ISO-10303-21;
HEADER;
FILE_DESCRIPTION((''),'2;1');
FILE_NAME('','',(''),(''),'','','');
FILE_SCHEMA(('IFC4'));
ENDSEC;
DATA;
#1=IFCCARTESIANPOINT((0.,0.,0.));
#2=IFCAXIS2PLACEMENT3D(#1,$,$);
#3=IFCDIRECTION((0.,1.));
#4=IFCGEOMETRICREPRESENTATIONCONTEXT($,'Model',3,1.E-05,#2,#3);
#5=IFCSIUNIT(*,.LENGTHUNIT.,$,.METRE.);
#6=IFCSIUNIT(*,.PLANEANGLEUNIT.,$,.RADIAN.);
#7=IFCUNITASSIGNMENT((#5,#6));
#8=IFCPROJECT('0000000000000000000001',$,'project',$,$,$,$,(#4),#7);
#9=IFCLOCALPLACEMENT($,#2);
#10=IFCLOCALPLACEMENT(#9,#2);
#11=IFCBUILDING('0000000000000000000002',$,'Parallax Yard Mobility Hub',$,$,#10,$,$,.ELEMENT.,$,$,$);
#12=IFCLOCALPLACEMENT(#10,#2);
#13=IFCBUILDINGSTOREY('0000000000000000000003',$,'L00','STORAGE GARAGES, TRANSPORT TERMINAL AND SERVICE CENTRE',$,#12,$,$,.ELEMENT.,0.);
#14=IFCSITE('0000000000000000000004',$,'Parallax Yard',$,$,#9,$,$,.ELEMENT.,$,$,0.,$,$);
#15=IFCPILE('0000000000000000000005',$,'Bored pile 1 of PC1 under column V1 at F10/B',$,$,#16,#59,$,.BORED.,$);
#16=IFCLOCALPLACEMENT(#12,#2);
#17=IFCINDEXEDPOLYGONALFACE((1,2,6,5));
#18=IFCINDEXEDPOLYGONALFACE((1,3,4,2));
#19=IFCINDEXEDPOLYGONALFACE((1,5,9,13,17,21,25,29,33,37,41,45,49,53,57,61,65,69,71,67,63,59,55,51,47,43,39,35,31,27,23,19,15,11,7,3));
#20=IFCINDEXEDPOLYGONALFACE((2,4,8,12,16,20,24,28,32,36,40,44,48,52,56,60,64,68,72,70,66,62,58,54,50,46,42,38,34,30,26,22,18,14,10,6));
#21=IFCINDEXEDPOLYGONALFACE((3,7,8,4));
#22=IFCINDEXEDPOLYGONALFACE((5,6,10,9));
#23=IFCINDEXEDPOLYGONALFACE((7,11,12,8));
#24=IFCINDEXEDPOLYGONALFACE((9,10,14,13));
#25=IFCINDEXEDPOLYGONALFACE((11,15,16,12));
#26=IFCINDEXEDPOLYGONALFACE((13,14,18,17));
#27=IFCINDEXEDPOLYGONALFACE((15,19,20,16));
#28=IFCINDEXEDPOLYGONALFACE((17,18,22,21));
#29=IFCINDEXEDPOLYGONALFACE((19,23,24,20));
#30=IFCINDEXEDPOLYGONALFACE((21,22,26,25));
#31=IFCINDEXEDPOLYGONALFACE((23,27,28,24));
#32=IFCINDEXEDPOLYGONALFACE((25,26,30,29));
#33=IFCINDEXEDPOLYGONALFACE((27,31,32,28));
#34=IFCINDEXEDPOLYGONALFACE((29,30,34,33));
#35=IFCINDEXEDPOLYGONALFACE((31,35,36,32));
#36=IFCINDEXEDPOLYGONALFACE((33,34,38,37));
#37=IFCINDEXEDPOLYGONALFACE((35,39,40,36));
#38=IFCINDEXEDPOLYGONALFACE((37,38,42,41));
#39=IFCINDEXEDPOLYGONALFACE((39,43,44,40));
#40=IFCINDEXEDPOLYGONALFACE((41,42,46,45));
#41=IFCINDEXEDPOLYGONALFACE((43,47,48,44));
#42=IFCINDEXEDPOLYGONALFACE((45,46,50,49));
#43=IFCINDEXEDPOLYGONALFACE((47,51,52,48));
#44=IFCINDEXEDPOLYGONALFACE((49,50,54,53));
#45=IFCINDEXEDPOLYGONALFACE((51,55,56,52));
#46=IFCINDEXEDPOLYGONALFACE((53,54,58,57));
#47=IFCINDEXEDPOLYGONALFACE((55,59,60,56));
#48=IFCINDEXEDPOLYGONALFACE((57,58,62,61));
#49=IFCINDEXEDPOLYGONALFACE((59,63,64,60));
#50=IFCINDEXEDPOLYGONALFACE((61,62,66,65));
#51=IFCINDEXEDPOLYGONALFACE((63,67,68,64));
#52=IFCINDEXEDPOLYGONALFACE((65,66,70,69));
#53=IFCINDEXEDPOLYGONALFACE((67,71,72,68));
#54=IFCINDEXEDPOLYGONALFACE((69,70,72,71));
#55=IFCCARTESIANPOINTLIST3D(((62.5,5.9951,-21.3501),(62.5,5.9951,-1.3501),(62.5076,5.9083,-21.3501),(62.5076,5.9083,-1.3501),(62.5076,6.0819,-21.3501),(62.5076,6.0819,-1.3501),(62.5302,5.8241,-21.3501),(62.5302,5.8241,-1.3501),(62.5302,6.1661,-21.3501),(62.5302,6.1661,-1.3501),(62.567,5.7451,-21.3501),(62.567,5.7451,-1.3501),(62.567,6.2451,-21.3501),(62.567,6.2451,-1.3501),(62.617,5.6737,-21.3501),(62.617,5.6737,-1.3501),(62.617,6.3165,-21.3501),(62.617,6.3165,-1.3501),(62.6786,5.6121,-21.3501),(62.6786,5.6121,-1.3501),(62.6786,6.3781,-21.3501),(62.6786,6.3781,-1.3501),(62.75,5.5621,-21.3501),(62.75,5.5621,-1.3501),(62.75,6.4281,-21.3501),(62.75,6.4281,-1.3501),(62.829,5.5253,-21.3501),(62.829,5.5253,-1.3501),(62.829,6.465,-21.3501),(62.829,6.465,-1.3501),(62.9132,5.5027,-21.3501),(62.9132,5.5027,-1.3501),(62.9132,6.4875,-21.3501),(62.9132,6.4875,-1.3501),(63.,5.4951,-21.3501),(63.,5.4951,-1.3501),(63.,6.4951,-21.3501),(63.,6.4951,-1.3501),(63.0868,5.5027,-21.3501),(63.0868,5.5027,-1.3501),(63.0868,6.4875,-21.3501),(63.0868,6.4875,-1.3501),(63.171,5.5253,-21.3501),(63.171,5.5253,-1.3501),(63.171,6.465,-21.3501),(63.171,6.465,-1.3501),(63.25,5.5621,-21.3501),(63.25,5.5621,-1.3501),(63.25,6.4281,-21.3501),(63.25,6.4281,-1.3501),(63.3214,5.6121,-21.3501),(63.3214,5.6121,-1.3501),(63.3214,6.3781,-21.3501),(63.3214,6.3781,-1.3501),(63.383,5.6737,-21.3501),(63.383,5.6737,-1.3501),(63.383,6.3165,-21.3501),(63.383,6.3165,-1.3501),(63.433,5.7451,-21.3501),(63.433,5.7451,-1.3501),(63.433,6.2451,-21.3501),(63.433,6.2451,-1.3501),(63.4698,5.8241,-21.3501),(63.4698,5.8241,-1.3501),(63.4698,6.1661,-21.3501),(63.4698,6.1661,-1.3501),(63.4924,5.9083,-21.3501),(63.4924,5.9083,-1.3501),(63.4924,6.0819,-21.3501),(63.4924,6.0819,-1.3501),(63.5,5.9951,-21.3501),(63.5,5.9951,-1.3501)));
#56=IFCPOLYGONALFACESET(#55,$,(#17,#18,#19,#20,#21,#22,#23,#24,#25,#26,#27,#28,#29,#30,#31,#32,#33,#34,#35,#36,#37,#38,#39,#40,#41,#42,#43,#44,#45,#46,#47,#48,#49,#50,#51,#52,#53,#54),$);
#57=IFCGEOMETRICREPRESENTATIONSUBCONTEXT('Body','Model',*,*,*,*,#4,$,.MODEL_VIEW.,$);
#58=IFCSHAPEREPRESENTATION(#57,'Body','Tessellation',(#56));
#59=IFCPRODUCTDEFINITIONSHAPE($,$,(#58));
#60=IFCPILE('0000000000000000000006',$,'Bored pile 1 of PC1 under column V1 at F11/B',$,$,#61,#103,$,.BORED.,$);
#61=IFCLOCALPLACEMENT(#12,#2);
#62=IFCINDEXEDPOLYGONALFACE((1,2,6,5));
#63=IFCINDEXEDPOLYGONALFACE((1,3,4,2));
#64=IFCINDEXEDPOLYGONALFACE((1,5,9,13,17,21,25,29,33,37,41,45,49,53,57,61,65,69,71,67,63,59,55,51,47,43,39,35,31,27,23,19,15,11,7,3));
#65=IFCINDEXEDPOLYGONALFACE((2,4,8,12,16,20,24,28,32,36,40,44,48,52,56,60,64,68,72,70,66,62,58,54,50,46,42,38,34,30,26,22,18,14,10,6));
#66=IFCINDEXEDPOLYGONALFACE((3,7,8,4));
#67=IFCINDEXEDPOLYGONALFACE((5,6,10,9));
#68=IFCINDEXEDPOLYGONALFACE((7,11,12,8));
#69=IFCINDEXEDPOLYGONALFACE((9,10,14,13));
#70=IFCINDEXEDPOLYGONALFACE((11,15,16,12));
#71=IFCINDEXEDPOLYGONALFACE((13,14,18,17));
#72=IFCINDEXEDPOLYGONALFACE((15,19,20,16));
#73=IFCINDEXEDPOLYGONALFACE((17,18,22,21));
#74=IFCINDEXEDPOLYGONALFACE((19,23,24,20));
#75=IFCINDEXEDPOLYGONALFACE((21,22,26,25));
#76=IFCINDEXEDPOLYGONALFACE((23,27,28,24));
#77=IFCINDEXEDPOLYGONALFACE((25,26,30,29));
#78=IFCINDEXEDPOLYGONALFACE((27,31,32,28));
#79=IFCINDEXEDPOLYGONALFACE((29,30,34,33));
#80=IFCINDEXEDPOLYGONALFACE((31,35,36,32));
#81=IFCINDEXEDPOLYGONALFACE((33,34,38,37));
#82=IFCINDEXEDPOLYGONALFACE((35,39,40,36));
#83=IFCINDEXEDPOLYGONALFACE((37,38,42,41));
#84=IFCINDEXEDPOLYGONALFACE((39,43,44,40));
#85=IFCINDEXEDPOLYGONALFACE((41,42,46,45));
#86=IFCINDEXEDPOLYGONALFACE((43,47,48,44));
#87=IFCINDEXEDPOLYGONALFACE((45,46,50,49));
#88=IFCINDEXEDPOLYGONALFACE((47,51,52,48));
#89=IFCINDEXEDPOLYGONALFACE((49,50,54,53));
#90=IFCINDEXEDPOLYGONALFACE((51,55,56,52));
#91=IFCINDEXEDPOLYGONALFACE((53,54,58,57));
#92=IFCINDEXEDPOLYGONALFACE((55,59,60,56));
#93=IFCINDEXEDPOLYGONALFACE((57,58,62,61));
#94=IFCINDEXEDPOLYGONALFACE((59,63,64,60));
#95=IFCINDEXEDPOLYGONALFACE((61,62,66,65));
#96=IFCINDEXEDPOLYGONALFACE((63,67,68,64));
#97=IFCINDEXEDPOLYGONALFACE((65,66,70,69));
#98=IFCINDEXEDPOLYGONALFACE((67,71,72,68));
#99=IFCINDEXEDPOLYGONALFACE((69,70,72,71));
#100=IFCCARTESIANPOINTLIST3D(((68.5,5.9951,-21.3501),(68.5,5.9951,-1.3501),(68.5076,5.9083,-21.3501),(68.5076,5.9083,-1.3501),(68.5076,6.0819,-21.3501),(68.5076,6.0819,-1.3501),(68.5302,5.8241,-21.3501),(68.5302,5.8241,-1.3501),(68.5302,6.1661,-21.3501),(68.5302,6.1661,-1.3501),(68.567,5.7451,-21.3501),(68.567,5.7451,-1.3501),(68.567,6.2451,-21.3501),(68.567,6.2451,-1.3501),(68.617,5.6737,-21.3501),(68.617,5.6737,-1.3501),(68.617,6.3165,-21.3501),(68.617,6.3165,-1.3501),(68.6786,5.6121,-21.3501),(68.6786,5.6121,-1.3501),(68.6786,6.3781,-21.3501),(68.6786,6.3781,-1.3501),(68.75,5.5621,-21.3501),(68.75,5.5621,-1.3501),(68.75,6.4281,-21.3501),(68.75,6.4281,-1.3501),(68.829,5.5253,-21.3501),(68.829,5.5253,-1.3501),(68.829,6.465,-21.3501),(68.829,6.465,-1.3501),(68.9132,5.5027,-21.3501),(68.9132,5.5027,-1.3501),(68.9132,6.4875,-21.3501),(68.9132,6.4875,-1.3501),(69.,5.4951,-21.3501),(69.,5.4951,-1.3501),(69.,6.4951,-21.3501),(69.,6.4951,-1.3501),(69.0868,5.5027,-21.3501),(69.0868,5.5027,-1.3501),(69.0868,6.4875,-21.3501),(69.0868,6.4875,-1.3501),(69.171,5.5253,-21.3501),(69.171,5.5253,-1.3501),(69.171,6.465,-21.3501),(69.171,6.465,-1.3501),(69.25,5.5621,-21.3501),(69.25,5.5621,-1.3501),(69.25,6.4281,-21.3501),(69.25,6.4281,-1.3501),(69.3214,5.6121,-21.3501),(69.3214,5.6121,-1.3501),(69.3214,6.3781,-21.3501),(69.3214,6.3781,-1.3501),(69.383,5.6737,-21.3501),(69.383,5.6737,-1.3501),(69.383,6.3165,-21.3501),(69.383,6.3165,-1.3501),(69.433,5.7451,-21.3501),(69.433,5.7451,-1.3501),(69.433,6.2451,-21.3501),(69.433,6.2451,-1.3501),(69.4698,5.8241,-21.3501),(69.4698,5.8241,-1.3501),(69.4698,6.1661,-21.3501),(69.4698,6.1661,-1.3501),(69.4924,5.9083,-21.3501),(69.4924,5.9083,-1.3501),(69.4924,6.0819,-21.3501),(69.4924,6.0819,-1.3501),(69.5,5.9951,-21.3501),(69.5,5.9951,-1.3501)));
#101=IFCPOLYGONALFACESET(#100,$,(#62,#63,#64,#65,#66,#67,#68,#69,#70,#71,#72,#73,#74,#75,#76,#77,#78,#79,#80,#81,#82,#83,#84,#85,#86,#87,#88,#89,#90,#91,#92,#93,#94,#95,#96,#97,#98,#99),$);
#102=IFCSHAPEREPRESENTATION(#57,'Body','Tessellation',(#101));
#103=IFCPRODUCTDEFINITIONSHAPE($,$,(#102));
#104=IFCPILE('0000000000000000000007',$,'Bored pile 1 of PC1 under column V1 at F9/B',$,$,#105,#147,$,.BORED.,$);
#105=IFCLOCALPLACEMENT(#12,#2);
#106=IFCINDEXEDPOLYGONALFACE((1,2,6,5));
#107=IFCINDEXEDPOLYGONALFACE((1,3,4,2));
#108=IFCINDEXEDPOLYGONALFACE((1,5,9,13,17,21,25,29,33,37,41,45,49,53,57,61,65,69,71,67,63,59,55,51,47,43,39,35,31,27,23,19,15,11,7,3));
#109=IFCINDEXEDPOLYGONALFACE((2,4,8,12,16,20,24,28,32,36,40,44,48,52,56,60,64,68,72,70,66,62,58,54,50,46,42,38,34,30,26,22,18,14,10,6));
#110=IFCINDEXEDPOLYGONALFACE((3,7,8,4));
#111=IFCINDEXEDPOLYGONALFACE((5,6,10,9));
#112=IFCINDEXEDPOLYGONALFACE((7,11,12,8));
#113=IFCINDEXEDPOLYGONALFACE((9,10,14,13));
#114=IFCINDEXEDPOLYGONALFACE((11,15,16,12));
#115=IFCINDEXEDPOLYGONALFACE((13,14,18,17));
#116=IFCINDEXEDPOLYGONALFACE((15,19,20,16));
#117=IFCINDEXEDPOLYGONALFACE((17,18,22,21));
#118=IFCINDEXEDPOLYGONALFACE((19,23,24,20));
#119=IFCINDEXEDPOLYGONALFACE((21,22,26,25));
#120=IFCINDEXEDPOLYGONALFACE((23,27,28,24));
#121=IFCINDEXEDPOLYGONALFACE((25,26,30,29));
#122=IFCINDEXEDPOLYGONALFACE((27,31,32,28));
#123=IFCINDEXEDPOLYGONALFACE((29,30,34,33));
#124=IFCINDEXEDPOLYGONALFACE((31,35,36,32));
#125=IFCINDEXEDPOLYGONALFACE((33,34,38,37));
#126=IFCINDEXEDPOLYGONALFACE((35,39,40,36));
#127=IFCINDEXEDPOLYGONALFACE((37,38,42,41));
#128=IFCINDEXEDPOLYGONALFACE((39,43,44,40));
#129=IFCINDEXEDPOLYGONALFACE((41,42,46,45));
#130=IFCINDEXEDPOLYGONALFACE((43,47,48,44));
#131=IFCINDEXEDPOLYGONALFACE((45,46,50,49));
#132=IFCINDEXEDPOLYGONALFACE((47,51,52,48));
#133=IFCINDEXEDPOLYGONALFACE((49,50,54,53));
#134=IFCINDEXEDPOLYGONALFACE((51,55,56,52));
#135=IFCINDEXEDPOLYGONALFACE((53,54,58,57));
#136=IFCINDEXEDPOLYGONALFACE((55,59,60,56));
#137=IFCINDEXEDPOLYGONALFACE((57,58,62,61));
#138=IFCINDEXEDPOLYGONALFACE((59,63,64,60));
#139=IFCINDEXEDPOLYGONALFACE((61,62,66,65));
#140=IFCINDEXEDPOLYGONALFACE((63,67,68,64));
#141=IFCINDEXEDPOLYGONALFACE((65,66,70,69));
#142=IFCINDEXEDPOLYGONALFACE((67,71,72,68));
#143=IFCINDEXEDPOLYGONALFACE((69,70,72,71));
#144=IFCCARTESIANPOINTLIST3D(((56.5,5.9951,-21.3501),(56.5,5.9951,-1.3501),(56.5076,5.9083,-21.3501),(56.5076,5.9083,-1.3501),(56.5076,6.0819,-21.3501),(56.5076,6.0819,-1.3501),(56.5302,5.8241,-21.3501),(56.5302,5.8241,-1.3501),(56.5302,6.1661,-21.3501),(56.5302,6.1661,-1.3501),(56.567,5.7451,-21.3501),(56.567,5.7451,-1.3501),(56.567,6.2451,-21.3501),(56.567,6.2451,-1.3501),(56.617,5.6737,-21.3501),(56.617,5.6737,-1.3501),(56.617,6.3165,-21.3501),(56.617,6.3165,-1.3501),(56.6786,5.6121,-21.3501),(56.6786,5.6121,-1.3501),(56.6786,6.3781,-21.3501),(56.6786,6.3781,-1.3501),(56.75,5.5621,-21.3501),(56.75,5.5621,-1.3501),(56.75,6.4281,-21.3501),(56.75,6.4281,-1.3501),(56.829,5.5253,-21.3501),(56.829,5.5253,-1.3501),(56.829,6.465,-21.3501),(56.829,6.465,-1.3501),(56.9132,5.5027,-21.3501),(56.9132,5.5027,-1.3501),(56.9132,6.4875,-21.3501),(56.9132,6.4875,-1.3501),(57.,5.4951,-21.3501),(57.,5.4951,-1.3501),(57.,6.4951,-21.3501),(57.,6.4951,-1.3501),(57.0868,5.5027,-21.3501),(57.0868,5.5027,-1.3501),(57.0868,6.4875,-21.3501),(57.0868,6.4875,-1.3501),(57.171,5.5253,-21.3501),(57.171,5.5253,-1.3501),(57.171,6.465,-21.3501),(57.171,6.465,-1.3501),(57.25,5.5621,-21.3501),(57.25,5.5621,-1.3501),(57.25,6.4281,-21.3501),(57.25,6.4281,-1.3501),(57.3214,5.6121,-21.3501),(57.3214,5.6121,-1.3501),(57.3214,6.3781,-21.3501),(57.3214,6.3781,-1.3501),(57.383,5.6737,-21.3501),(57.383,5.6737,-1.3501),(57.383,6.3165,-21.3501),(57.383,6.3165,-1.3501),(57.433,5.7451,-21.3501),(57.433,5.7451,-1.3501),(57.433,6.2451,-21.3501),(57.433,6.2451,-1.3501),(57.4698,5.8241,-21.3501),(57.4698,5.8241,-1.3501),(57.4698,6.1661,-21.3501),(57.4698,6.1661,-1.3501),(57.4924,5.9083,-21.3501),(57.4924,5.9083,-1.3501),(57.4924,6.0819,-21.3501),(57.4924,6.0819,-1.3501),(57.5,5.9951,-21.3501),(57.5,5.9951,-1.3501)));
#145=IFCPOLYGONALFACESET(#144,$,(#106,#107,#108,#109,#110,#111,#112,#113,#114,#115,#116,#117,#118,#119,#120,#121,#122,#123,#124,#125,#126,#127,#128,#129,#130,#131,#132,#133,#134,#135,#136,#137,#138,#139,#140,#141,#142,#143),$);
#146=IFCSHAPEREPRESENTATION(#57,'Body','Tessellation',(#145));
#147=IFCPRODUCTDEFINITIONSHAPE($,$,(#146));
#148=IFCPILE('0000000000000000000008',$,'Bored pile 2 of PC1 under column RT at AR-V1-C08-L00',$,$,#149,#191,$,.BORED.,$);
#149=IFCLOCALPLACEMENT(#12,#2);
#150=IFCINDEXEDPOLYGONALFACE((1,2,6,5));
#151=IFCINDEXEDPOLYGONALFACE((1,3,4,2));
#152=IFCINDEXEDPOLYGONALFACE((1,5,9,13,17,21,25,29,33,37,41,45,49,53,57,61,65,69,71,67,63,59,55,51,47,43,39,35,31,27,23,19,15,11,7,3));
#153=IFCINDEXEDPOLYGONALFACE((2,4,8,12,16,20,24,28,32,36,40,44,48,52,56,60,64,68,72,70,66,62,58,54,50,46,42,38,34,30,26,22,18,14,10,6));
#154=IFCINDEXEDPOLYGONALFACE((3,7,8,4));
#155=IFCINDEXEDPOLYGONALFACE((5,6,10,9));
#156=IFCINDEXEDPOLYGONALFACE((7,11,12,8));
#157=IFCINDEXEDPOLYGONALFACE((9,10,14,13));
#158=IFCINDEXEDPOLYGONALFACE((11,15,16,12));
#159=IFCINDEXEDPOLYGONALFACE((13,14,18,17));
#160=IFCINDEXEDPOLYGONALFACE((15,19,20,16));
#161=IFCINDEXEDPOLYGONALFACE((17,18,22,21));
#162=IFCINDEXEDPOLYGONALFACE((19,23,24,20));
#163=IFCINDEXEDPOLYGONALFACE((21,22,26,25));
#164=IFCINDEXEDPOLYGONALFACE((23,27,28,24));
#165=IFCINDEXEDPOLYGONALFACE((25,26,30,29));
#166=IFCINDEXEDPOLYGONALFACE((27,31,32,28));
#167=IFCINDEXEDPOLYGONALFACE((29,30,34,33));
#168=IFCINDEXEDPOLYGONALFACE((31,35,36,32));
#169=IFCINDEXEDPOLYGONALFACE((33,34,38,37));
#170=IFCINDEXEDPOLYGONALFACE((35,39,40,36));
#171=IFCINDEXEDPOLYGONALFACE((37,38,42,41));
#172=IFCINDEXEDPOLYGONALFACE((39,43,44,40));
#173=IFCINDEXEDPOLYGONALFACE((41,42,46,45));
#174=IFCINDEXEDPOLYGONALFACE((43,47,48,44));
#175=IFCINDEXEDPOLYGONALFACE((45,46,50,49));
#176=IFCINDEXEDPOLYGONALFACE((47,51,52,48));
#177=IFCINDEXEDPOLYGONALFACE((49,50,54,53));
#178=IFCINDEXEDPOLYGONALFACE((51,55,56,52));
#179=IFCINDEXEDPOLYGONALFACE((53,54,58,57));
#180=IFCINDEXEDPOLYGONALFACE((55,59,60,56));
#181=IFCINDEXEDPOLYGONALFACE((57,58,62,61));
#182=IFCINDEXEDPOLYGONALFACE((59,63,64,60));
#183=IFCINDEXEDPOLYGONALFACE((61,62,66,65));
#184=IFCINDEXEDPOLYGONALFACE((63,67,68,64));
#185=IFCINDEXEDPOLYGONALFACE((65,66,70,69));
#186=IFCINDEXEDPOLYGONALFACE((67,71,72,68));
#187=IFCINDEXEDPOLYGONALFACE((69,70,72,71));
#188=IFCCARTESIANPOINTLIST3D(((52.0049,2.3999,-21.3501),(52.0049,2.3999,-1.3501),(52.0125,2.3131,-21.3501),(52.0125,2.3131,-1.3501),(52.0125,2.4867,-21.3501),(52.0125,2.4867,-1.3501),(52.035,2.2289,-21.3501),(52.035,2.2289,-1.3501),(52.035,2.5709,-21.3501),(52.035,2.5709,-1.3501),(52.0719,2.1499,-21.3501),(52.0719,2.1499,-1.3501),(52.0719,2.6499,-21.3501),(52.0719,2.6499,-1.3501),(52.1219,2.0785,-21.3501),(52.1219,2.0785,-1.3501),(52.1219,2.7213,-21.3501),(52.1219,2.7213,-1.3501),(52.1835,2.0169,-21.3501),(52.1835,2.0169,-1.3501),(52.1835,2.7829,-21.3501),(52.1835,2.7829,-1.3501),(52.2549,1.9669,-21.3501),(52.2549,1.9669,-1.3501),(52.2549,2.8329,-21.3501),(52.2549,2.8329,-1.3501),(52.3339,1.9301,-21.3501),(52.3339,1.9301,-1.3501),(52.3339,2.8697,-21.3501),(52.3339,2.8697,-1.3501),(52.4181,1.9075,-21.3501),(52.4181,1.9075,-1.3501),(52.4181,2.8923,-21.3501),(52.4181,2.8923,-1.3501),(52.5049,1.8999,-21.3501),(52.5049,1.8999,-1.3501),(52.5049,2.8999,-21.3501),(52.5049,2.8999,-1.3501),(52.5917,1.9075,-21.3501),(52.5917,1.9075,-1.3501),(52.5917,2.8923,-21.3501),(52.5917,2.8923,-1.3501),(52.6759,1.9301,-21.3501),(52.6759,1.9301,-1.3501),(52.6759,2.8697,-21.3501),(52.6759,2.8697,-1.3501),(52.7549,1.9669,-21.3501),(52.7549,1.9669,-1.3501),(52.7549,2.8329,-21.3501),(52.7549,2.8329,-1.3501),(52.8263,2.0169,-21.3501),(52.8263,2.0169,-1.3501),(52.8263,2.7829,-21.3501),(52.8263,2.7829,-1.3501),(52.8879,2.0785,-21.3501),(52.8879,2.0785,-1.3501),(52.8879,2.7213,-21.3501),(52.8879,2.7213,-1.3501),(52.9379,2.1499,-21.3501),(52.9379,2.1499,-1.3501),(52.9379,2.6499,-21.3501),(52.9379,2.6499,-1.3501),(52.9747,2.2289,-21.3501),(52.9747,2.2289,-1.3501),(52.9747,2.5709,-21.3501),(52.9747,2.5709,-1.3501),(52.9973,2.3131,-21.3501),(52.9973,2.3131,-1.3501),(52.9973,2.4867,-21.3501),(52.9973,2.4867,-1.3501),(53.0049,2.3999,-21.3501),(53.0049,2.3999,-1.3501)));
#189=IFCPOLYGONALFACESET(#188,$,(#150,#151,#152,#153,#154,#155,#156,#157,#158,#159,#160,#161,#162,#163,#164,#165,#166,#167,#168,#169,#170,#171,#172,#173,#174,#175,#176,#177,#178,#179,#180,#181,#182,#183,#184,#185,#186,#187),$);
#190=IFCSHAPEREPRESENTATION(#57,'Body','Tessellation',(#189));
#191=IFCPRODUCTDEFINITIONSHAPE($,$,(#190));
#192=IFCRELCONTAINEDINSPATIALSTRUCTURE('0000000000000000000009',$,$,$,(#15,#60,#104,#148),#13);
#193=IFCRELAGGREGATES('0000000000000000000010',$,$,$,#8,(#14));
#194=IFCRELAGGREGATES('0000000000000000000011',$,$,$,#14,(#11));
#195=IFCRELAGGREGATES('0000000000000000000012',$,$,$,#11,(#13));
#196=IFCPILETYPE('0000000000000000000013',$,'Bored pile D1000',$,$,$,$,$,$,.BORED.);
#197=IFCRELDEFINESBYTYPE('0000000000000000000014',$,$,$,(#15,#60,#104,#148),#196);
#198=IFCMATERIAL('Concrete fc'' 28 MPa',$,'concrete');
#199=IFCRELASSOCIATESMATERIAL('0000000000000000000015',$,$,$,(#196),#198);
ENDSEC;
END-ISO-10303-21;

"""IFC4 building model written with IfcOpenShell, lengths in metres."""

from ifc_helpers import new_model, si_unit, direction, frame, origin, origin_2d, place, context, subcontext, project, spatial, circle, extrude, material, material_profile, profile_set, type_object, element, save


model = new_model("IFC4")

# Units and contexts
model_context = context("Model", 3, precision=1e-05, world=origin(), true_north=direction((0.0, 1.0)))
body_context = subcontext(model_context, "Body", "Model", "MODEL_VIEW")
ifc_project = project(units=[si_unit("LENGTHUNIT", "METRE"), si_unit("PLANEANGLEUNIT", "RADIAN")], contexts=[model_context])

# Site, building, storey
site_placement = place(None, origin())
site = spatial("IfcSite", under=ifc_project, at=site_placement, Name="Parallax Yard", CompositionType="ELEMENT", RefElevation=0.0)
building_placement = place(site_placement, origin())
building = spatial("IfcBuilding", under=site, at=building_placement, Name="Parallax Yard Mobility Hub", CompositionType="ELEMENT")
storey_placement = place(building_placement, origin())
storey = spatial("IfcBuildingStorey", under=building, at=storey_placement, Name="L00", Description="STORAGE GARAGES, TRANSPORT TERMINAL AND SERVICE CENTRE", CompositionType="ELEMENT", Elevation=0.0)

# Piles
ifc_material_1 = material(Name="Concrete fc' 28 MPa", Category="concrete")
ifc_material_profile_1 = material_profile(ifc_material_1, circle(Radius=0.5, at=origin_2d()), Name="Bored pile D1000")
ifc_profile_set_1 = profile_set([ifc_material_profile_1], Name="Concrete fc' 28 MPa")
pile_type = type_object("IfcPileType", Name="Bored pile D1000", PredefinedType="BORED", material=ifc_profile_set_1)
for number, where, z_axis, x_axis, name in (
    (1, (63.0, 5.9951, -1.3501), (0.0, 0.0, -1.0), (1.0, 0.0, 0.0), "Bored pile 1 of PC1 under column V1 at F10/B"),
    (2, (69.0, 5.9951, -1.3501), (0.0, 0.0, -1.0), (1.0, 0.0, 0.0), "Bored pile 1 of PC1 under column V1 at F11/B"),
    (3, (57.0, 5.9951, -1.3501), (0.0, 0.0, -1.0), (1.0, 0.0, 0.0), "Bored pile 1 of PC1 under column V1 at F9/B"),
    (4, (52.5049, 2.3999, -1.3501), (0.0, 0.0, -1.0), (1.0, 0.0, 0.0), "Bored pile 2 of PC1 under column RT at AR-V1-C08-L00"),
):
    element("IfcPile", number, at=place(storey_placement, frame(where, z_axis=z_axis, x_axis=x_axis)), inside=storey, type_object=pile_type, Name=name, PredefinedType="BORED", context=body_context, shape_type="SweptSolid", body=[
        extrude(circle(Radius=0.5, at=origin_2d()), origin(), (0.0, 0.0, 1.0), 20.0),
    ])

save(model, "model.ifc")
